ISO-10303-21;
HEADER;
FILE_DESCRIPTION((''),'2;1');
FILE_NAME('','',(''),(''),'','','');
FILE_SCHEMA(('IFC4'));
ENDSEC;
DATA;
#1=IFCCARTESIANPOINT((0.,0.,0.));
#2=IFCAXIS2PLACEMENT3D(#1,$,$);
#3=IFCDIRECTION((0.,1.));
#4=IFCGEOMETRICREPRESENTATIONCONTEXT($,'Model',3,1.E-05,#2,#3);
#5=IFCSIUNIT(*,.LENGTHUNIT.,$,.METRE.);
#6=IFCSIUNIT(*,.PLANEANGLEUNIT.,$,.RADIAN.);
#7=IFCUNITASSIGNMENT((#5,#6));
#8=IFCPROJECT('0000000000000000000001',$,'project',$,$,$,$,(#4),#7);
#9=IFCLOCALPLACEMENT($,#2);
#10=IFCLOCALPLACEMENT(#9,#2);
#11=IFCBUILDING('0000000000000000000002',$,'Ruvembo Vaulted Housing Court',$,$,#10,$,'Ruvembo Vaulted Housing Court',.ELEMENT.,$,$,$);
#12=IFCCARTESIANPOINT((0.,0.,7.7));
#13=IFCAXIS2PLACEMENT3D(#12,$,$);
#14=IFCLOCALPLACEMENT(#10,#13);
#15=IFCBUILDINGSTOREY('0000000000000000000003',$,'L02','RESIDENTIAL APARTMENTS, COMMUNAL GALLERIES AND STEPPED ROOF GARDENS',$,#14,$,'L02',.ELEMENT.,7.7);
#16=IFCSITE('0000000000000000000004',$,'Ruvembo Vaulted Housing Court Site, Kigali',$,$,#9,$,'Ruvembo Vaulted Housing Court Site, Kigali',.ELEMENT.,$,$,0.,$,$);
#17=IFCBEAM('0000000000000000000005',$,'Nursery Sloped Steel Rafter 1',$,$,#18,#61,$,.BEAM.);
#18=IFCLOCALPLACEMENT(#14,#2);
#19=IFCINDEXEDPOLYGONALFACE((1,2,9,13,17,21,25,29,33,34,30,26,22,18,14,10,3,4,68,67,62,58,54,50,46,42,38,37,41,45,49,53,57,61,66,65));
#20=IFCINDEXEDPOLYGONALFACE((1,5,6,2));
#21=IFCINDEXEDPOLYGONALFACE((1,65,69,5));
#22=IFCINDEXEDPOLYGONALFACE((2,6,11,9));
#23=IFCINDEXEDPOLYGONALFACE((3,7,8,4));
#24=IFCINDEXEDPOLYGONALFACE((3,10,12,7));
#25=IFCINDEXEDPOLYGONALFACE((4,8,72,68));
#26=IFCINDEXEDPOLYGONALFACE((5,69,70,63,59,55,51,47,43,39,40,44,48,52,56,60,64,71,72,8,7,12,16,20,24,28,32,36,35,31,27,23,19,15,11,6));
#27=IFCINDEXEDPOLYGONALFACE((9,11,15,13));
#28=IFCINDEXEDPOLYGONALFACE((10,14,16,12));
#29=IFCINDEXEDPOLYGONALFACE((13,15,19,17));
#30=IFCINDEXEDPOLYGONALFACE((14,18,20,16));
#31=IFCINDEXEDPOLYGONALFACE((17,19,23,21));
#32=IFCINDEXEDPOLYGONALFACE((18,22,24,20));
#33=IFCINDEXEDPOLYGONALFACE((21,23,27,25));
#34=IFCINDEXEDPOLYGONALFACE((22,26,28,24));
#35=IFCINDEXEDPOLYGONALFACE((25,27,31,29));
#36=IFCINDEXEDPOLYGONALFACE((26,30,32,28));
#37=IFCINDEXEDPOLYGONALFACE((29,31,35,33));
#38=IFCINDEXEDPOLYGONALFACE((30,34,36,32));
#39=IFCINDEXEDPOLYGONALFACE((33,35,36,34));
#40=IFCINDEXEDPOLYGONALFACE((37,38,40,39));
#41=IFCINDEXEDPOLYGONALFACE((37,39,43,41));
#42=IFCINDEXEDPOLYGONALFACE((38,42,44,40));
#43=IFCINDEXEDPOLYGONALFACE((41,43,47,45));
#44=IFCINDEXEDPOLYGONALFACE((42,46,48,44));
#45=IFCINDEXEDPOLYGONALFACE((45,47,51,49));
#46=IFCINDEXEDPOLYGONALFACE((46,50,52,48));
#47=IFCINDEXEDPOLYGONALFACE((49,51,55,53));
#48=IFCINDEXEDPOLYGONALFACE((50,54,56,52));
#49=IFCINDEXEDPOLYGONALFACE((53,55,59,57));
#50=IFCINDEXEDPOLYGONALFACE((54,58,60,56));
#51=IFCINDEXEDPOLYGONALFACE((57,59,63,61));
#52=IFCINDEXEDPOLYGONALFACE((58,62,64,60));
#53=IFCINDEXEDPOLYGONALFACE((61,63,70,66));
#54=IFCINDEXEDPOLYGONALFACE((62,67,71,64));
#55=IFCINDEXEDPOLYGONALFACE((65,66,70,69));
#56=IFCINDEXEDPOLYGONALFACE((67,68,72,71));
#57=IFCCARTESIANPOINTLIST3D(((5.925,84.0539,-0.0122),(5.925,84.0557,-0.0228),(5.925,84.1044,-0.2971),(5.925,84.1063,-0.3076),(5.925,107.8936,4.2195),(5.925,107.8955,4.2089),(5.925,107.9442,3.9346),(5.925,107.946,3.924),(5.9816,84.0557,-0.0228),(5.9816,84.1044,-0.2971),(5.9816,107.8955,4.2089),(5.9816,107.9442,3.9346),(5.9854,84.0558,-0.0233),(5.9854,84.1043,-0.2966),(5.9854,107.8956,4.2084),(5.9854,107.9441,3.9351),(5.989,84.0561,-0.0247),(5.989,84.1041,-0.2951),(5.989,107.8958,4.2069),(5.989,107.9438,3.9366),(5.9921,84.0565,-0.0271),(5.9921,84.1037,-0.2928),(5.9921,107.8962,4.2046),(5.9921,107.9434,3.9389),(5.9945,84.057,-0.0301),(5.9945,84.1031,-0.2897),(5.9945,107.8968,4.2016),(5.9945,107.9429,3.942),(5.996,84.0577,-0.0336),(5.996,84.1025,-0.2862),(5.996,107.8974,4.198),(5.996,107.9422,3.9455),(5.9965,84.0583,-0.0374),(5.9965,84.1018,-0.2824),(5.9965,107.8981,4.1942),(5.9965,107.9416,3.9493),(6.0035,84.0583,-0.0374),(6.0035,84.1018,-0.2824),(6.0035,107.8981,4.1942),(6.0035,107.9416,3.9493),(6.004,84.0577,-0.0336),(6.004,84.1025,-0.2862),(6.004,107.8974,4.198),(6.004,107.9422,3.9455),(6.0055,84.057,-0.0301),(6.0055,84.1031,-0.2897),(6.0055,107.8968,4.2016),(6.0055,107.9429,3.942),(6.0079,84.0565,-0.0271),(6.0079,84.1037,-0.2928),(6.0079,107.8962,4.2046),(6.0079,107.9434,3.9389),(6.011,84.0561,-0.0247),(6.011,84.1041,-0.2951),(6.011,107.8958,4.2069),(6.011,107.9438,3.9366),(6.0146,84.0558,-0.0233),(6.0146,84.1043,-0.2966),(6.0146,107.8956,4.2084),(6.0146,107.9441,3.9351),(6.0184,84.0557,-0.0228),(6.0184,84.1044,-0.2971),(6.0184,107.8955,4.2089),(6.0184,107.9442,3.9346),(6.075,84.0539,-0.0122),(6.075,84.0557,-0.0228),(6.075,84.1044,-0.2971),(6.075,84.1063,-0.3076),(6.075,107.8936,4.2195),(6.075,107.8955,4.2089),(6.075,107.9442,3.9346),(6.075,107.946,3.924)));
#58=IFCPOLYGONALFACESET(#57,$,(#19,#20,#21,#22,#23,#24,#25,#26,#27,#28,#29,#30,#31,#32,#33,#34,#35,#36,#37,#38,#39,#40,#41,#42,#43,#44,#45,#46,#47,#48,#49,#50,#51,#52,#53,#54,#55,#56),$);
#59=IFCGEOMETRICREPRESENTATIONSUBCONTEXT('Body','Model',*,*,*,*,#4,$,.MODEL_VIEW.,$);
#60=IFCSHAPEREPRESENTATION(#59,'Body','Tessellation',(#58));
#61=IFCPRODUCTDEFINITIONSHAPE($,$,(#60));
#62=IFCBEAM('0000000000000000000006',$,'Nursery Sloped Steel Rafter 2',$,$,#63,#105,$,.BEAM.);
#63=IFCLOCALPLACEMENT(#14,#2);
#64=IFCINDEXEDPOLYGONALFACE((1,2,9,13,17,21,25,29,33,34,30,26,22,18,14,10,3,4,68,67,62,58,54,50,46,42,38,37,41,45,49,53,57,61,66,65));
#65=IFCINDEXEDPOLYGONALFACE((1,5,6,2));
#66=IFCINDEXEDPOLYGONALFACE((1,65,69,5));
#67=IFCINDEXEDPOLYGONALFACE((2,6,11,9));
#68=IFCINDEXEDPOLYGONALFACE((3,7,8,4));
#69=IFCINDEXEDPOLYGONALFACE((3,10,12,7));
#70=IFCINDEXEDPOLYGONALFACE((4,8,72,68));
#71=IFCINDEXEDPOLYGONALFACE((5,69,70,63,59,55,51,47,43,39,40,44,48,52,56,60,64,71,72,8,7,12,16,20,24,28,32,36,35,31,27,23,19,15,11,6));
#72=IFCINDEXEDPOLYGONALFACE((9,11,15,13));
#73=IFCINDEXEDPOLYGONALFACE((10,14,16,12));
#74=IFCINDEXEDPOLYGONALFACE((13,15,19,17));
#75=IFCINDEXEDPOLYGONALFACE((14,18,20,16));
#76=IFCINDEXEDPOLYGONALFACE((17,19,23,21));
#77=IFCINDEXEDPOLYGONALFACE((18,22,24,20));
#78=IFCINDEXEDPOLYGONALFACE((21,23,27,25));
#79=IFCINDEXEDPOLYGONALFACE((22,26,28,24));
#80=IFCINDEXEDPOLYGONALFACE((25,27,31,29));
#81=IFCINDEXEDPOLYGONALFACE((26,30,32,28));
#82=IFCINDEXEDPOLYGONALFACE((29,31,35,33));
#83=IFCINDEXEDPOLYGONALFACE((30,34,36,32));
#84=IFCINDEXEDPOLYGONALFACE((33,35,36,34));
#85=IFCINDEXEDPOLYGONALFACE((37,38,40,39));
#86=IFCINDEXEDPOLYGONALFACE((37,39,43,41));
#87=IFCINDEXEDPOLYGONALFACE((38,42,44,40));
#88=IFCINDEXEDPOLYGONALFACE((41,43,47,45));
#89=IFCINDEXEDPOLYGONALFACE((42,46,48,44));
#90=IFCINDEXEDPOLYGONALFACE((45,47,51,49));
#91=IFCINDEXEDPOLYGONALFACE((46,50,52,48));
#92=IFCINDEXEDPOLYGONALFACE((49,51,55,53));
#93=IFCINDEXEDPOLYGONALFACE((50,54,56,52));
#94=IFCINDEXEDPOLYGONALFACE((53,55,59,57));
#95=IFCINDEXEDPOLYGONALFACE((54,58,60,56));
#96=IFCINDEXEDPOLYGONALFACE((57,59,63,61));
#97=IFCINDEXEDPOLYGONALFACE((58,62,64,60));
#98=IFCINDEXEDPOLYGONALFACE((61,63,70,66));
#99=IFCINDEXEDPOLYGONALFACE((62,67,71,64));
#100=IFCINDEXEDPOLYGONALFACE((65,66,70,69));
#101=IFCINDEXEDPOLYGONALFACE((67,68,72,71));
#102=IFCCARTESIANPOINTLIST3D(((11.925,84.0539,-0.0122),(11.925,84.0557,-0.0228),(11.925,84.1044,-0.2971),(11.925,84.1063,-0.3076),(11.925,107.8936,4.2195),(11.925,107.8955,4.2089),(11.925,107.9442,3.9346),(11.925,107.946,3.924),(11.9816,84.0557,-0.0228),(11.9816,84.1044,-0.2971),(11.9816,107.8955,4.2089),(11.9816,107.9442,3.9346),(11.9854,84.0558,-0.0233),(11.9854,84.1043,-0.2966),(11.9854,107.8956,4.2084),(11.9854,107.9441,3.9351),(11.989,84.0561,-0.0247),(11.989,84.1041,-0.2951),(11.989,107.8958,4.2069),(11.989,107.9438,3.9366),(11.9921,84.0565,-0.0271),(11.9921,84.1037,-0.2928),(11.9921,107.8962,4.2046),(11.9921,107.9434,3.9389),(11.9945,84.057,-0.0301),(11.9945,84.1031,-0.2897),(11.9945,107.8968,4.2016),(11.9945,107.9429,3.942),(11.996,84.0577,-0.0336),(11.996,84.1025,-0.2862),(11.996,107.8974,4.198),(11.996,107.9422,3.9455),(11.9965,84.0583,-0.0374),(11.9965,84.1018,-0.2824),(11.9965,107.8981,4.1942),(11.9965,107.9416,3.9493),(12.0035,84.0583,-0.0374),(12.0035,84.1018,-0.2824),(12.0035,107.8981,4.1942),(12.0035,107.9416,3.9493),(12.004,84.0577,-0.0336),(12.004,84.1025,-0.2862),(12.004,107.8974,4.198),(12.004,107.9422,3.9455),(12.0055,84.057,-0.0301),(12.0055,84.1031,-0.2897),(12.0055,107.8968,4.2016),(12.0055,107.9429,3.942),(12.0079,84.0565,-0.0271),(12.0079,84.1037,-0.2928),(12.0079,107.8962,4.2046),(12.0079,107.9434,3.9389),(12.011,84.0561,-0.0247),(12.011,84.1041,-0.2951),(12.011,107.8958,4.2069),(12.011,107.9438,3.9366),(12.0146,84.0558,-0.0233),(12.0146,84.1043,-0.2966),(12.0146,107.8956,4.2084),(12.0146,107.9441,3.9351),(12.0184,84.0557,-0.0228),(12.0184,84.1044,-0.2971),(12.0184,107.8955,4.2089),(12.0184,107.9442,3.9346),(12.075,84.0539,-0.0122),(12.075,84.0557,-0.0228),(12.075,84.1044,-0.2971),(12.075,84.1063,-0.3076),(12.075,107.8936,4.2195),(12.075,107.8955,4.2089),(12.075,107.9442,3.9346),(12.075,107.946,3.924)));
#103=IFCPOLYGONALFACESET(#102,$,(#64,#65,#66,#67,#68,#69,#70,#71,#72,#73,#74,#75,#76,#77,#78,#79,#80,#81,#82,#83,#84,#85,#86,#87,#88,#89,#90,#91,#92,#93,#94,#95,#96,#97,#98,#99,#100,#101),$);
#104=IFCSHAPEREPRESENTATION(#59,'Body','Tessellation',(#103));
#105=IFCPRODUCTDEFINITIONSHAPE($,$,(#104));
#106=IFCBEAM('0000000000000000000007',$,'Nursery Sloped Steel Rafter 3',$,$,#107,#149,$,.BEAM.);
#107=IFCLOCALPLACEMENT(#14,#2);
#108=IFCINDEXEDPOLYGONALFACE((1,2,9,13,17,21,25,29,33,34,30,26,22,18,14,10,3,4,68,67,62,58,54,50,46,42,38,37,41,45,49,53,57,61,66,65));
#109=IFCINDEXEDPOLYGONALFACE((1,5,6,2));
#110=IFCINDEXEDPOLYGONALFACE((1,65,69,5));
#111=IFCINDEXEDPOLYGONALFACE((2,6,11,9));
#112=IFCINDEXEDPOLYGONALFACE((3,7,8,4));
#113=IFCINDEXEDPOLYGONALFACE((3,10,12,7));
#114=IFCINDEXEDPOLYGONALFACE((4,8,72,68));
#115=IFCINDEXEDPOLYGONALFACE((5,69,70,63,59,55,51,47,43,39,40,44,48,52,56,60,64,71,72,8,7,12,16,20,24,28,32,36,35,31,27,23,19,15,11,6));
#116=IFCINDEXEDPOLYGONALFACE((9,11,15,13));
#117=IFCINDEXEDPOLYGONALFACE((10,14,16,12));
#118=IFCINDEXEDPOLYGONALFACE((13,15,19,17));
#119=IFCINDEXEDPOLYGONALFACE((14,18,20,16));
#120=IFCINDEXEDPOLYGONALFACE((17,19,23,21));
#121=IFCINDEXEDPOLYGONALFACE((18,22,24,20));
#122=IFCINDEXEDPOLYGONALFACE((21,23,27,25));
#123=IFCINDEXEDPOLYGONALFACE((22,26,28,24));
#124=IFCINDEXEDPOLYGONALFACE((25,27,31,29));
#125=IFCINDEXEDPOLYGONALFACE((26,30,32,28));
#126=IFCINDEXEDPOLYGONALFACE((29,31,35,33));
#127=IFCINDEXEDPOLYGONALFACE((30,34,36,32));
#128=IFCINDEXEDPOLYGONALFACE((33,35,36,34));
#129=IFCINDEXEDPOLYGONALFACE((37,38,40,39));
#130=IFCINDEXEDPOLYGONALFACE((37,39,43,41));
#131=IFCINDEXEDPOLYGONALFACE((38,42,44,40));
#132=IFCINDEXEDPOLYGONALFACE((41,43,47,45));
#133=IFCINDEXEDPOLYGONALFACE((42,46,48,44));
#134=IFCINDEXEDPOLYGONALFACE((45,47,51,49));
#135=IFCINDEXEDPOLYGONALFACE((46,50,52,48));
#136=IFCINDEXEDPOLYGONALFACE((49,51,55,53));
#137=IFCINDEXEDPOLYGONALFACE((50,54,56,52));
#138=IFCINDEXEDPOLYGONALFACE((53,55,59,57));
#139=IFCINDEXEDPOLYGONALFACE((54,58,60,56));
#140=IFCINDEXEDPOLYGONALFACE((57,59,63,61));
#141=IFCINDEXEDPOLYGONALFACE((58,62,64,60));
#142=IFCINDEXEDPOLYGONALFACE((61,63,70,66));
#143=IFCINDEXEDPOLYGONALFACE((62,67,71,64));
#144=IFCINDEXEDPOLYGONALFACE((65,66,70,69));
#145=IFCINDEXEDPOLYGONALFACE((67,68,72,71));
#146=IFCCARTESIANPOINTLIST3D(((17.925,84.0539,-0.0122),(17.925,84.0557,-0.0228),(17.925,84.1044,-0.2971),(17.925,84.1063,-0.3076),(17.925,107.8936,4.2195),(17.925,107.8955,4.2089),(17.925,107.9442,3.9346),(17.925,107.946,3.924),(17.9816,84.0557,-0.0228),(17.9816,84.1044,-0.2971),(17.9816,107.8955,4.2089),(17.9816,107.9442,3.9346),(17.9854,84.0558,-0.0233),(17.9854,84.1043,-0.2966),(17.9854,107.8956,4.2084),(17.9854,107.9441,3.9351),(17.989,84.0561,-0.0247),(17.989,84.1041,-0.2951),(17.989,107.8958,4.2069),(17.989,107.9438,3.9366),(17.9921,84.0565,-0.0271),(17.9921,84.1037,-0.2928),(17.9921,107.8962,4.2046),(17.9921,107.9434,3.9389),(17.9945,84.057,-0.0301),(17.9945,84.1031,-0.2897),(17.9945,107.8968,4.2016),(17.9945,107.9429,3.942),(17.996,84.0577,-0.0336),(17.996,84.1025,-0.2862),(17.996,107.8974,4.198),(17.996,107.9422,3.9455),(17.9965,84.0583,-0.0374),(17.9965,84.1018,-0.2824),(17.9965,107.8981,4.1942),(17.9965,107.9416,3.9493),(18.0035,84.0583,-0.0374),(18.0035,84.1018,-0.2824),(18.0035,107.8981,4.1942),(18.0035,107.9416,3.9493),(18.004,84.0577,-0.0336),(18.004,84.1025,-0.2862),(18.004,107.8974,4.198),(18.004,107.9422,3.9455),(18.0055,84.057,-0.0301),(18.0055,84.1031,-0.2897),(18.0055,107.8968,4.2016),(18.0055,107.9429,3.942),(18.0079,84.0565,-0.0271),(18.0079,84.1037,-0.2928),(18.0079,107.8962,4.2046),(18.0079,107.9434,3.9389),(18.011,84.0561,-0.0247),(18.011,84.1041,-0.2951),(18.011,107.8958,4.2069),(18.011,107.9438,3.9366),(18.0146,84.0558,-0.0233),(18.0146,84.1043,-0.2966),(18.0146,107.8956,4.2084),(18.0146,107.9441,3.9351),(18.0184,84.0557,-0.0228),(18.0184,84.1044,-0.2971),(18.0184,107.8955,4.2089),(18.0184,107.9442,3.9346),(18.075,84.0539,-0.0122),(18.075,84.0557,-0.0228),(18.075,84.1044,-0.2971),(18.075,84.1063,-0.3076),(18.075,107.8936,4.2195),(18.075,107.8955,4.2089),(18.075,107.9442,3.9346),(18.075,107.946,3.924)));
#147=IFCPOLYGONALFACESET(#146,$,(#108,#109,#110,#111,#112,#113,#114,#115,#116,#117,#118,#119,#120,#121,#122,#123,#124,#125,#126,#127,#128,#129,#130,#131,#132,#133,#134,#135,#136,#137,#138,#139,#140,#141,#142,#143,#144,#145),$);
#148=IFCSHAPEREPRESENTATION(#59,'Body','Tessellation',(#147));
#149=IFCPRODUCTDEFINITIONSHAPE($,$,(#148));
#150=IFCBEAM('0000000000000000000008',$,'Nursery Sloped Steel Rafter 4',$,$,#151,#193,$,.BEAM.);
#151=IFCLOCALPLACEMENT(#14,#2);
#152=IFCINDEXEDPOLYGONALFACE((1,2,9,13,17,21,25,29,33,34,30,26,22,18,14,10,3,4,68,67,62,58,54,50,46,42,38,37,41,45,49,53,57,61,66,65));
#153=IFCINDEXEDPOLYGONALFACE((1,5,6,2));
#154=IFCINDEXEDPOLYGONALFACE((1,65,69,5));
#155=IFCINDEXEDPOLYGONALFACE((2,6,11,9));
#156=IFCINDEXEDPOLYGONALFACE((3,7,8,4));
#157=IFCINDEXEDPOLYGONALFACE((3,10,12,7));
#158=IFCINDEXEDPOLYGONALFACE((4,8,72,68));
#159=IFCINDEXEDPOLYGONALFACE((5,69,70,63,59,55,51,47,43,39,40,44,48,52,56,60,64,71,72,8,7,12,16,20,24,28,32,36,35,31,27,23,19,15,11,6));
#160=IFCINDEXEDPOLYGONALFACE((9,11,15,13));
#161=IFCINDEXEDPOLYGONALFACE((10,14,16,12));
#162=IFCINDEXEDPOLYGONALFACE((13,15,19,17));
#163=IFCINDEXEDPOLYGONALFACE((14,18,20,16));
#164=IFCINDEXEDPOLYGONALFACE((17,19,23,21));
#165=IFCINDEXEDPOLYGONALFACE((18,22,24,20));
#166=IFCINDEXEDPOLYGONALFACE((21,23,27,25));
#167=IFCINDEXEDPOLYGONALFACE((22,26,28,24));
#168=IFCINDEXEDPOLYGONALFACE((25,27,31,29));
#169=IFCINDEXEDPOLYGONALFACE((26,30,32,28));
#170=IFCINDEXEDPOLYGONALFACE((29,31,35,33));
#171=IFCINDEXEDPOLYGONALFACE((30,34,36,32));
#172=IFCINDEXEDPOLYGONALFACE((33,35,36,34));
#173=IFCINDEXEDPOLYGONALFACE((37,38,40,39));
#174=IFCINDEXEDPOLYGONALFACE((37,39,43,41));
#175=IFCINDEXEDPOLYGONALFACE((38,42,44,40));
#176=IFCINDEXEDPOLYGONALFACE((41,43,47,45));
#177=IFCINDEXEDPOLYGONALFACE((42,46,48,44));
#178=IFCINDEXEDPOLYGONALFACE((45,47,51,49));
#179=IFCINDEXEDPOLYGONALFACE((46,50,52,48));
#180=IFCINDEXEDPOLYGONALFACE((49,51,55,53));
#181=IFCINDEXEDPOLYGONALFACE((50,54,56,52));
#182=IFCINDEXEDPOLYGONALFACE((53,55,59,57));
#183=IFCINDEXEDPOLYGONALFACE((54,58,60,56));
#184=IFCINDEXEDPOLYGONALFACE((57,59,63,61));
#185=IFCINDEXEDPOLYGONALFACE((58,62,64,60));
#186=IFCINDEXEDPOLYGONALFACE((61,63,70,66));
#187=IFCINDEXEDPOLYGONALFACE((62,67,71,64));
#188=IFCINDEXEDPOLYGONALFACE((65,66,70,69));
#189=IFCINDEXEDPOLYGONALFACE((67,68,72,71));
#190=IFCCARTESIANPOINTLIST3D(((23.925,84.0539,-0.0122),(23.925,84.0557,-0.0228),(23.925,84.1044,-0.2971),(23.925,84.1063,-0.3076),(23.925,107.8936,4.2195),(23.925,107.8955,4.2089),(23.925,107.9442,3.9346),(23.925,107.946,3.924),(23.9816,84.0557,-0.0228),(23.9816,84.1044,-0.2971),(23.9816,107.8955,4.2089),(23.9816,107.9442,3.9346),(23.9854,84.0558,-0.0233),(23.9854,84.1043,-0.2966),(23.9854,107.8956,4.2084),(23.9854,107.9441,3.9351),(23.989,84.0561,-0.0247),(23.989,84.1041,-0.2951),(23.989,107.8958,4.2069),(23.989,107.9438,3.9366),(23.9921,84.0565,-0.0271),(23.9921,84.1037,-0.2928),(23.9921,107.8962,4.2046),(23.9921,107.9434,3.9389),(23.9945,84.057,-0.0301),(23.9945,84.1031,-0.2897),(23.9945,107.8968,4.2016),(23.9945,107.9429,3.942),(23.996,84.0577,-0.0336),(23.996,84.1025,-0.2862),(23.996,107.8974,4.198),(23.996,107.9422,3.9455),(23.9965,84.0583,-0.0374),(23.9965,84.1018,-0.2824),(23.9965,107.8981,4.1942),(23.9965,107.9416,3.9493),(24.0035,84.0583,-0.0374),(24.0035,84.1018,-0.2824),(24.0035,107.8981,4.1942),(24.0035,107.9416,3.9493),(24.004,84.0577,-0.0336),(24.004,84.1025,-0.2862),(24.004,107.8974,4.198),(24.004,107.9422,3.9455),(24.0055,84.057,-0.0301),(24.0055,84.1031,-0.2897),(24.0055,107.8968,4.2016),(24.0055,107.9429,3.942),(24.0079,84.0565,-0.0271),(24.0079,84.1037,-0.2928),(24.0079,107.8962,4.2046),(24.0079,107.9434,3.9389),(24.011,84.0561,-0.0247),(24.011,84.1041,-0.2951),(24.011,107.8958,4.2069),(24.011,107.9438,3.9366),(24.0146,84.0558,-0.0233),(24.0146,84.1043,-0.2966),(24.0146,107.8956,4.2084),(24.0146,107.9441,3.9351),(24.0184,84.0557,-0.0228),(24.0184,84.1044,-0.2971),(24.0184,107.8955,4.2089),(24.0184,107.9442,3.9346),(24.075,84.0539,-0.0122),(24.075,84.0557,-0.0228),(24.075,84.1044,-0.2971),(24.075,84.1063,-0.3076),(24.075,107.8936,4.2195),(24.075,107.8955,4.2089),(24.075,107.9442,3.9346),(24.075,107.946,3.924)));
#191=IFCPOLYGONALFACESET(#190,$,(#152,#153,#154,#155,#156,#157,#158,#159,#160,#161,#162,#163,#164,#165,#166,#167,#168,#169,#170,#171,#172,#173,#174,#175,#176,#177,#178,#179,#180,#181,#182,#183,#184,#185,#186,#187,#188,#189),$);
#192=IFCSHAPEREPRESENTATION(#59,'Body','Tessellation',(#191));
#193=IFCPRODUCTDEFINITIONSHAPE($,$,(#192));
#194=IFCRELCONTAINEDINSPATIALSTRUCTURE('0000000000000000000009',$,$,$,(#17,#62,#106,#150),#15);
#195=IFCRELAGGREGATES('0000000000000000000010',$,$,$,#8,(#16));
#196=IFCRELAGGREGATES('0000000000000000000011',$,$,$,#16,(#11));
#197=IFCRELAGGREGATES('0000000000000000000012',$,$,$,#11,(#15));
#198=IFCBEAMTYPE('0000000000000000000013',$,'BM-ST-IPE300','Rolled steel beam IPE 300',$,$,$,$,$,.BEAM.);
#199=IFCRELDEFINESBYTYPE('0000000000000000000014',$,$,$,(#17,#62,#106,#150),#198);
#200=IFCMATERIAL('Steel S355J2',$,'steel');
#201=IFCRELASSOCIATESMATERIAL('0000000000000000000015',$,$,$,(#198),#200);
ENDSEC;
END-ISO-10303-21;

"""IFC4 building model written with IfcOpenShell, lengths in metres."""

from ifc_helpers import new_model, si_unit, direction, frame, origin, origin_2d, place, context, subcontext, project, spatial, i_section, extrude, material, material_profile, profile_set, type_object, element, save


model = new_model("IFC4")

# Units and contexts
model_context = context("Model", 3, precision=1e-05, world=origin(), true_north=direction((0.0, 1.0)))
body_context = subcontext(model_context, "Body", "Model", "MODEL_VIEW")
ifc_project = project(units=[si_unit("LENGTHUNIT", "METRE"), si_unit("PLANEANGLEUNIT", "RADIAN")], contexts=[model_context])

# Site, building, storey
site_placement = place(None, origin())
site = spatial("IfcSite", under=ifc_project, at=site_placement, Name="Ruvembo Vaulted Housing Court Site, Kigali", LongName="Ruvembo Vaulted Housing Court Site, Kigali", CompositionType="ELEMENT", RefElevation=0.0)
building_placement = place(site_placement, origin())
building = spatial("IfcBuilding", under=site, at=building_placement, Name="Ruvembo Vaulted Housing Court", LongName="Ruvembo Vaulted Housing Court", CompositionType="ELEMENT")
storey_placement = place(building_placement, frame((0.0, 0.0, 7.7)))
storey = spatial("IfcBuildingStorey", under=building, at=storey_placement, Name="L02", Description="RESIDENTIAL APARTMENTS, COMMUNAL GALLERIES AND STEPPED ROOF GARDENS", LongName="L02", CompositionType="ELEMENT", Elevation=7.7)

# Beams
ifc_material_1 = material(Name="Steel S355J2", Category="steel")
ifc_material_profile_1 = material_profile(ifc_material_1, i_section(OverallWidth=0.1499, OverallDepth=0.3, WebThickness=0.0071, FlangeThickness=0.0107, FilletRadius=0.0149, at=origin_2d()), Name="IPE 300")
ifc_profile_set_1 = profile_set([ifc_material_profile_1], Name="Steel S355J2")
beam_type = type_object("IfcBeamType", Name="BM-ST-IPE300", Description="Rolled steel beam IPE 300", PredefinedType="BEAM", material=ifc_profile_set_1)
for number, where, z_axis, x_axis, name in (
    (1, (6.0, 84.0801, -0.1599), (0.0, 0.984609, 0.174773), (-1.0, 0.0, 0.0), "Nursery Sloped Steel Rafter 1"),
    (2, (12.0, 84.0801, -0.1599), (0.0, 0.984609, 0.174773), (-1.0, 0.0, 0.0), "Nursery Sloped Steel Rafter 2"),
    (3, (18.0, 84.0801, -0.1599), (0.0, 0.984609, 0.174773), (-1.0, 0.0, 0.0), "Nursery Sloped Steel Rafter 3"),
    (4, (24.0, 84.0801, -0.1599), (0.0, 0.984609, 0.174773), (-1.0, 0.0, 0.0), "Nursery Sloped Steel Rafter 4"),
):
    element("IfcBeam", number, at=place(storey_placement, frame(where, z_axis=z_axis, x_axis=x_axis)), inside=storey, type_object=beam_type, Name=name, PredefinedType="BEAM", context=body_context, shape_type="SweptSolid", body=[
        extrude(i_section(OverallWidth=0.1499, OverallDepth=0.3, WebThickness=0.0071, FlangeThickness=0.0107, FilletRadius=0.0149, at=origin_2d()), origin(), (0.0, 0.0, 1.0), 24.2124),
    ])

save(model, "model.ifc")
